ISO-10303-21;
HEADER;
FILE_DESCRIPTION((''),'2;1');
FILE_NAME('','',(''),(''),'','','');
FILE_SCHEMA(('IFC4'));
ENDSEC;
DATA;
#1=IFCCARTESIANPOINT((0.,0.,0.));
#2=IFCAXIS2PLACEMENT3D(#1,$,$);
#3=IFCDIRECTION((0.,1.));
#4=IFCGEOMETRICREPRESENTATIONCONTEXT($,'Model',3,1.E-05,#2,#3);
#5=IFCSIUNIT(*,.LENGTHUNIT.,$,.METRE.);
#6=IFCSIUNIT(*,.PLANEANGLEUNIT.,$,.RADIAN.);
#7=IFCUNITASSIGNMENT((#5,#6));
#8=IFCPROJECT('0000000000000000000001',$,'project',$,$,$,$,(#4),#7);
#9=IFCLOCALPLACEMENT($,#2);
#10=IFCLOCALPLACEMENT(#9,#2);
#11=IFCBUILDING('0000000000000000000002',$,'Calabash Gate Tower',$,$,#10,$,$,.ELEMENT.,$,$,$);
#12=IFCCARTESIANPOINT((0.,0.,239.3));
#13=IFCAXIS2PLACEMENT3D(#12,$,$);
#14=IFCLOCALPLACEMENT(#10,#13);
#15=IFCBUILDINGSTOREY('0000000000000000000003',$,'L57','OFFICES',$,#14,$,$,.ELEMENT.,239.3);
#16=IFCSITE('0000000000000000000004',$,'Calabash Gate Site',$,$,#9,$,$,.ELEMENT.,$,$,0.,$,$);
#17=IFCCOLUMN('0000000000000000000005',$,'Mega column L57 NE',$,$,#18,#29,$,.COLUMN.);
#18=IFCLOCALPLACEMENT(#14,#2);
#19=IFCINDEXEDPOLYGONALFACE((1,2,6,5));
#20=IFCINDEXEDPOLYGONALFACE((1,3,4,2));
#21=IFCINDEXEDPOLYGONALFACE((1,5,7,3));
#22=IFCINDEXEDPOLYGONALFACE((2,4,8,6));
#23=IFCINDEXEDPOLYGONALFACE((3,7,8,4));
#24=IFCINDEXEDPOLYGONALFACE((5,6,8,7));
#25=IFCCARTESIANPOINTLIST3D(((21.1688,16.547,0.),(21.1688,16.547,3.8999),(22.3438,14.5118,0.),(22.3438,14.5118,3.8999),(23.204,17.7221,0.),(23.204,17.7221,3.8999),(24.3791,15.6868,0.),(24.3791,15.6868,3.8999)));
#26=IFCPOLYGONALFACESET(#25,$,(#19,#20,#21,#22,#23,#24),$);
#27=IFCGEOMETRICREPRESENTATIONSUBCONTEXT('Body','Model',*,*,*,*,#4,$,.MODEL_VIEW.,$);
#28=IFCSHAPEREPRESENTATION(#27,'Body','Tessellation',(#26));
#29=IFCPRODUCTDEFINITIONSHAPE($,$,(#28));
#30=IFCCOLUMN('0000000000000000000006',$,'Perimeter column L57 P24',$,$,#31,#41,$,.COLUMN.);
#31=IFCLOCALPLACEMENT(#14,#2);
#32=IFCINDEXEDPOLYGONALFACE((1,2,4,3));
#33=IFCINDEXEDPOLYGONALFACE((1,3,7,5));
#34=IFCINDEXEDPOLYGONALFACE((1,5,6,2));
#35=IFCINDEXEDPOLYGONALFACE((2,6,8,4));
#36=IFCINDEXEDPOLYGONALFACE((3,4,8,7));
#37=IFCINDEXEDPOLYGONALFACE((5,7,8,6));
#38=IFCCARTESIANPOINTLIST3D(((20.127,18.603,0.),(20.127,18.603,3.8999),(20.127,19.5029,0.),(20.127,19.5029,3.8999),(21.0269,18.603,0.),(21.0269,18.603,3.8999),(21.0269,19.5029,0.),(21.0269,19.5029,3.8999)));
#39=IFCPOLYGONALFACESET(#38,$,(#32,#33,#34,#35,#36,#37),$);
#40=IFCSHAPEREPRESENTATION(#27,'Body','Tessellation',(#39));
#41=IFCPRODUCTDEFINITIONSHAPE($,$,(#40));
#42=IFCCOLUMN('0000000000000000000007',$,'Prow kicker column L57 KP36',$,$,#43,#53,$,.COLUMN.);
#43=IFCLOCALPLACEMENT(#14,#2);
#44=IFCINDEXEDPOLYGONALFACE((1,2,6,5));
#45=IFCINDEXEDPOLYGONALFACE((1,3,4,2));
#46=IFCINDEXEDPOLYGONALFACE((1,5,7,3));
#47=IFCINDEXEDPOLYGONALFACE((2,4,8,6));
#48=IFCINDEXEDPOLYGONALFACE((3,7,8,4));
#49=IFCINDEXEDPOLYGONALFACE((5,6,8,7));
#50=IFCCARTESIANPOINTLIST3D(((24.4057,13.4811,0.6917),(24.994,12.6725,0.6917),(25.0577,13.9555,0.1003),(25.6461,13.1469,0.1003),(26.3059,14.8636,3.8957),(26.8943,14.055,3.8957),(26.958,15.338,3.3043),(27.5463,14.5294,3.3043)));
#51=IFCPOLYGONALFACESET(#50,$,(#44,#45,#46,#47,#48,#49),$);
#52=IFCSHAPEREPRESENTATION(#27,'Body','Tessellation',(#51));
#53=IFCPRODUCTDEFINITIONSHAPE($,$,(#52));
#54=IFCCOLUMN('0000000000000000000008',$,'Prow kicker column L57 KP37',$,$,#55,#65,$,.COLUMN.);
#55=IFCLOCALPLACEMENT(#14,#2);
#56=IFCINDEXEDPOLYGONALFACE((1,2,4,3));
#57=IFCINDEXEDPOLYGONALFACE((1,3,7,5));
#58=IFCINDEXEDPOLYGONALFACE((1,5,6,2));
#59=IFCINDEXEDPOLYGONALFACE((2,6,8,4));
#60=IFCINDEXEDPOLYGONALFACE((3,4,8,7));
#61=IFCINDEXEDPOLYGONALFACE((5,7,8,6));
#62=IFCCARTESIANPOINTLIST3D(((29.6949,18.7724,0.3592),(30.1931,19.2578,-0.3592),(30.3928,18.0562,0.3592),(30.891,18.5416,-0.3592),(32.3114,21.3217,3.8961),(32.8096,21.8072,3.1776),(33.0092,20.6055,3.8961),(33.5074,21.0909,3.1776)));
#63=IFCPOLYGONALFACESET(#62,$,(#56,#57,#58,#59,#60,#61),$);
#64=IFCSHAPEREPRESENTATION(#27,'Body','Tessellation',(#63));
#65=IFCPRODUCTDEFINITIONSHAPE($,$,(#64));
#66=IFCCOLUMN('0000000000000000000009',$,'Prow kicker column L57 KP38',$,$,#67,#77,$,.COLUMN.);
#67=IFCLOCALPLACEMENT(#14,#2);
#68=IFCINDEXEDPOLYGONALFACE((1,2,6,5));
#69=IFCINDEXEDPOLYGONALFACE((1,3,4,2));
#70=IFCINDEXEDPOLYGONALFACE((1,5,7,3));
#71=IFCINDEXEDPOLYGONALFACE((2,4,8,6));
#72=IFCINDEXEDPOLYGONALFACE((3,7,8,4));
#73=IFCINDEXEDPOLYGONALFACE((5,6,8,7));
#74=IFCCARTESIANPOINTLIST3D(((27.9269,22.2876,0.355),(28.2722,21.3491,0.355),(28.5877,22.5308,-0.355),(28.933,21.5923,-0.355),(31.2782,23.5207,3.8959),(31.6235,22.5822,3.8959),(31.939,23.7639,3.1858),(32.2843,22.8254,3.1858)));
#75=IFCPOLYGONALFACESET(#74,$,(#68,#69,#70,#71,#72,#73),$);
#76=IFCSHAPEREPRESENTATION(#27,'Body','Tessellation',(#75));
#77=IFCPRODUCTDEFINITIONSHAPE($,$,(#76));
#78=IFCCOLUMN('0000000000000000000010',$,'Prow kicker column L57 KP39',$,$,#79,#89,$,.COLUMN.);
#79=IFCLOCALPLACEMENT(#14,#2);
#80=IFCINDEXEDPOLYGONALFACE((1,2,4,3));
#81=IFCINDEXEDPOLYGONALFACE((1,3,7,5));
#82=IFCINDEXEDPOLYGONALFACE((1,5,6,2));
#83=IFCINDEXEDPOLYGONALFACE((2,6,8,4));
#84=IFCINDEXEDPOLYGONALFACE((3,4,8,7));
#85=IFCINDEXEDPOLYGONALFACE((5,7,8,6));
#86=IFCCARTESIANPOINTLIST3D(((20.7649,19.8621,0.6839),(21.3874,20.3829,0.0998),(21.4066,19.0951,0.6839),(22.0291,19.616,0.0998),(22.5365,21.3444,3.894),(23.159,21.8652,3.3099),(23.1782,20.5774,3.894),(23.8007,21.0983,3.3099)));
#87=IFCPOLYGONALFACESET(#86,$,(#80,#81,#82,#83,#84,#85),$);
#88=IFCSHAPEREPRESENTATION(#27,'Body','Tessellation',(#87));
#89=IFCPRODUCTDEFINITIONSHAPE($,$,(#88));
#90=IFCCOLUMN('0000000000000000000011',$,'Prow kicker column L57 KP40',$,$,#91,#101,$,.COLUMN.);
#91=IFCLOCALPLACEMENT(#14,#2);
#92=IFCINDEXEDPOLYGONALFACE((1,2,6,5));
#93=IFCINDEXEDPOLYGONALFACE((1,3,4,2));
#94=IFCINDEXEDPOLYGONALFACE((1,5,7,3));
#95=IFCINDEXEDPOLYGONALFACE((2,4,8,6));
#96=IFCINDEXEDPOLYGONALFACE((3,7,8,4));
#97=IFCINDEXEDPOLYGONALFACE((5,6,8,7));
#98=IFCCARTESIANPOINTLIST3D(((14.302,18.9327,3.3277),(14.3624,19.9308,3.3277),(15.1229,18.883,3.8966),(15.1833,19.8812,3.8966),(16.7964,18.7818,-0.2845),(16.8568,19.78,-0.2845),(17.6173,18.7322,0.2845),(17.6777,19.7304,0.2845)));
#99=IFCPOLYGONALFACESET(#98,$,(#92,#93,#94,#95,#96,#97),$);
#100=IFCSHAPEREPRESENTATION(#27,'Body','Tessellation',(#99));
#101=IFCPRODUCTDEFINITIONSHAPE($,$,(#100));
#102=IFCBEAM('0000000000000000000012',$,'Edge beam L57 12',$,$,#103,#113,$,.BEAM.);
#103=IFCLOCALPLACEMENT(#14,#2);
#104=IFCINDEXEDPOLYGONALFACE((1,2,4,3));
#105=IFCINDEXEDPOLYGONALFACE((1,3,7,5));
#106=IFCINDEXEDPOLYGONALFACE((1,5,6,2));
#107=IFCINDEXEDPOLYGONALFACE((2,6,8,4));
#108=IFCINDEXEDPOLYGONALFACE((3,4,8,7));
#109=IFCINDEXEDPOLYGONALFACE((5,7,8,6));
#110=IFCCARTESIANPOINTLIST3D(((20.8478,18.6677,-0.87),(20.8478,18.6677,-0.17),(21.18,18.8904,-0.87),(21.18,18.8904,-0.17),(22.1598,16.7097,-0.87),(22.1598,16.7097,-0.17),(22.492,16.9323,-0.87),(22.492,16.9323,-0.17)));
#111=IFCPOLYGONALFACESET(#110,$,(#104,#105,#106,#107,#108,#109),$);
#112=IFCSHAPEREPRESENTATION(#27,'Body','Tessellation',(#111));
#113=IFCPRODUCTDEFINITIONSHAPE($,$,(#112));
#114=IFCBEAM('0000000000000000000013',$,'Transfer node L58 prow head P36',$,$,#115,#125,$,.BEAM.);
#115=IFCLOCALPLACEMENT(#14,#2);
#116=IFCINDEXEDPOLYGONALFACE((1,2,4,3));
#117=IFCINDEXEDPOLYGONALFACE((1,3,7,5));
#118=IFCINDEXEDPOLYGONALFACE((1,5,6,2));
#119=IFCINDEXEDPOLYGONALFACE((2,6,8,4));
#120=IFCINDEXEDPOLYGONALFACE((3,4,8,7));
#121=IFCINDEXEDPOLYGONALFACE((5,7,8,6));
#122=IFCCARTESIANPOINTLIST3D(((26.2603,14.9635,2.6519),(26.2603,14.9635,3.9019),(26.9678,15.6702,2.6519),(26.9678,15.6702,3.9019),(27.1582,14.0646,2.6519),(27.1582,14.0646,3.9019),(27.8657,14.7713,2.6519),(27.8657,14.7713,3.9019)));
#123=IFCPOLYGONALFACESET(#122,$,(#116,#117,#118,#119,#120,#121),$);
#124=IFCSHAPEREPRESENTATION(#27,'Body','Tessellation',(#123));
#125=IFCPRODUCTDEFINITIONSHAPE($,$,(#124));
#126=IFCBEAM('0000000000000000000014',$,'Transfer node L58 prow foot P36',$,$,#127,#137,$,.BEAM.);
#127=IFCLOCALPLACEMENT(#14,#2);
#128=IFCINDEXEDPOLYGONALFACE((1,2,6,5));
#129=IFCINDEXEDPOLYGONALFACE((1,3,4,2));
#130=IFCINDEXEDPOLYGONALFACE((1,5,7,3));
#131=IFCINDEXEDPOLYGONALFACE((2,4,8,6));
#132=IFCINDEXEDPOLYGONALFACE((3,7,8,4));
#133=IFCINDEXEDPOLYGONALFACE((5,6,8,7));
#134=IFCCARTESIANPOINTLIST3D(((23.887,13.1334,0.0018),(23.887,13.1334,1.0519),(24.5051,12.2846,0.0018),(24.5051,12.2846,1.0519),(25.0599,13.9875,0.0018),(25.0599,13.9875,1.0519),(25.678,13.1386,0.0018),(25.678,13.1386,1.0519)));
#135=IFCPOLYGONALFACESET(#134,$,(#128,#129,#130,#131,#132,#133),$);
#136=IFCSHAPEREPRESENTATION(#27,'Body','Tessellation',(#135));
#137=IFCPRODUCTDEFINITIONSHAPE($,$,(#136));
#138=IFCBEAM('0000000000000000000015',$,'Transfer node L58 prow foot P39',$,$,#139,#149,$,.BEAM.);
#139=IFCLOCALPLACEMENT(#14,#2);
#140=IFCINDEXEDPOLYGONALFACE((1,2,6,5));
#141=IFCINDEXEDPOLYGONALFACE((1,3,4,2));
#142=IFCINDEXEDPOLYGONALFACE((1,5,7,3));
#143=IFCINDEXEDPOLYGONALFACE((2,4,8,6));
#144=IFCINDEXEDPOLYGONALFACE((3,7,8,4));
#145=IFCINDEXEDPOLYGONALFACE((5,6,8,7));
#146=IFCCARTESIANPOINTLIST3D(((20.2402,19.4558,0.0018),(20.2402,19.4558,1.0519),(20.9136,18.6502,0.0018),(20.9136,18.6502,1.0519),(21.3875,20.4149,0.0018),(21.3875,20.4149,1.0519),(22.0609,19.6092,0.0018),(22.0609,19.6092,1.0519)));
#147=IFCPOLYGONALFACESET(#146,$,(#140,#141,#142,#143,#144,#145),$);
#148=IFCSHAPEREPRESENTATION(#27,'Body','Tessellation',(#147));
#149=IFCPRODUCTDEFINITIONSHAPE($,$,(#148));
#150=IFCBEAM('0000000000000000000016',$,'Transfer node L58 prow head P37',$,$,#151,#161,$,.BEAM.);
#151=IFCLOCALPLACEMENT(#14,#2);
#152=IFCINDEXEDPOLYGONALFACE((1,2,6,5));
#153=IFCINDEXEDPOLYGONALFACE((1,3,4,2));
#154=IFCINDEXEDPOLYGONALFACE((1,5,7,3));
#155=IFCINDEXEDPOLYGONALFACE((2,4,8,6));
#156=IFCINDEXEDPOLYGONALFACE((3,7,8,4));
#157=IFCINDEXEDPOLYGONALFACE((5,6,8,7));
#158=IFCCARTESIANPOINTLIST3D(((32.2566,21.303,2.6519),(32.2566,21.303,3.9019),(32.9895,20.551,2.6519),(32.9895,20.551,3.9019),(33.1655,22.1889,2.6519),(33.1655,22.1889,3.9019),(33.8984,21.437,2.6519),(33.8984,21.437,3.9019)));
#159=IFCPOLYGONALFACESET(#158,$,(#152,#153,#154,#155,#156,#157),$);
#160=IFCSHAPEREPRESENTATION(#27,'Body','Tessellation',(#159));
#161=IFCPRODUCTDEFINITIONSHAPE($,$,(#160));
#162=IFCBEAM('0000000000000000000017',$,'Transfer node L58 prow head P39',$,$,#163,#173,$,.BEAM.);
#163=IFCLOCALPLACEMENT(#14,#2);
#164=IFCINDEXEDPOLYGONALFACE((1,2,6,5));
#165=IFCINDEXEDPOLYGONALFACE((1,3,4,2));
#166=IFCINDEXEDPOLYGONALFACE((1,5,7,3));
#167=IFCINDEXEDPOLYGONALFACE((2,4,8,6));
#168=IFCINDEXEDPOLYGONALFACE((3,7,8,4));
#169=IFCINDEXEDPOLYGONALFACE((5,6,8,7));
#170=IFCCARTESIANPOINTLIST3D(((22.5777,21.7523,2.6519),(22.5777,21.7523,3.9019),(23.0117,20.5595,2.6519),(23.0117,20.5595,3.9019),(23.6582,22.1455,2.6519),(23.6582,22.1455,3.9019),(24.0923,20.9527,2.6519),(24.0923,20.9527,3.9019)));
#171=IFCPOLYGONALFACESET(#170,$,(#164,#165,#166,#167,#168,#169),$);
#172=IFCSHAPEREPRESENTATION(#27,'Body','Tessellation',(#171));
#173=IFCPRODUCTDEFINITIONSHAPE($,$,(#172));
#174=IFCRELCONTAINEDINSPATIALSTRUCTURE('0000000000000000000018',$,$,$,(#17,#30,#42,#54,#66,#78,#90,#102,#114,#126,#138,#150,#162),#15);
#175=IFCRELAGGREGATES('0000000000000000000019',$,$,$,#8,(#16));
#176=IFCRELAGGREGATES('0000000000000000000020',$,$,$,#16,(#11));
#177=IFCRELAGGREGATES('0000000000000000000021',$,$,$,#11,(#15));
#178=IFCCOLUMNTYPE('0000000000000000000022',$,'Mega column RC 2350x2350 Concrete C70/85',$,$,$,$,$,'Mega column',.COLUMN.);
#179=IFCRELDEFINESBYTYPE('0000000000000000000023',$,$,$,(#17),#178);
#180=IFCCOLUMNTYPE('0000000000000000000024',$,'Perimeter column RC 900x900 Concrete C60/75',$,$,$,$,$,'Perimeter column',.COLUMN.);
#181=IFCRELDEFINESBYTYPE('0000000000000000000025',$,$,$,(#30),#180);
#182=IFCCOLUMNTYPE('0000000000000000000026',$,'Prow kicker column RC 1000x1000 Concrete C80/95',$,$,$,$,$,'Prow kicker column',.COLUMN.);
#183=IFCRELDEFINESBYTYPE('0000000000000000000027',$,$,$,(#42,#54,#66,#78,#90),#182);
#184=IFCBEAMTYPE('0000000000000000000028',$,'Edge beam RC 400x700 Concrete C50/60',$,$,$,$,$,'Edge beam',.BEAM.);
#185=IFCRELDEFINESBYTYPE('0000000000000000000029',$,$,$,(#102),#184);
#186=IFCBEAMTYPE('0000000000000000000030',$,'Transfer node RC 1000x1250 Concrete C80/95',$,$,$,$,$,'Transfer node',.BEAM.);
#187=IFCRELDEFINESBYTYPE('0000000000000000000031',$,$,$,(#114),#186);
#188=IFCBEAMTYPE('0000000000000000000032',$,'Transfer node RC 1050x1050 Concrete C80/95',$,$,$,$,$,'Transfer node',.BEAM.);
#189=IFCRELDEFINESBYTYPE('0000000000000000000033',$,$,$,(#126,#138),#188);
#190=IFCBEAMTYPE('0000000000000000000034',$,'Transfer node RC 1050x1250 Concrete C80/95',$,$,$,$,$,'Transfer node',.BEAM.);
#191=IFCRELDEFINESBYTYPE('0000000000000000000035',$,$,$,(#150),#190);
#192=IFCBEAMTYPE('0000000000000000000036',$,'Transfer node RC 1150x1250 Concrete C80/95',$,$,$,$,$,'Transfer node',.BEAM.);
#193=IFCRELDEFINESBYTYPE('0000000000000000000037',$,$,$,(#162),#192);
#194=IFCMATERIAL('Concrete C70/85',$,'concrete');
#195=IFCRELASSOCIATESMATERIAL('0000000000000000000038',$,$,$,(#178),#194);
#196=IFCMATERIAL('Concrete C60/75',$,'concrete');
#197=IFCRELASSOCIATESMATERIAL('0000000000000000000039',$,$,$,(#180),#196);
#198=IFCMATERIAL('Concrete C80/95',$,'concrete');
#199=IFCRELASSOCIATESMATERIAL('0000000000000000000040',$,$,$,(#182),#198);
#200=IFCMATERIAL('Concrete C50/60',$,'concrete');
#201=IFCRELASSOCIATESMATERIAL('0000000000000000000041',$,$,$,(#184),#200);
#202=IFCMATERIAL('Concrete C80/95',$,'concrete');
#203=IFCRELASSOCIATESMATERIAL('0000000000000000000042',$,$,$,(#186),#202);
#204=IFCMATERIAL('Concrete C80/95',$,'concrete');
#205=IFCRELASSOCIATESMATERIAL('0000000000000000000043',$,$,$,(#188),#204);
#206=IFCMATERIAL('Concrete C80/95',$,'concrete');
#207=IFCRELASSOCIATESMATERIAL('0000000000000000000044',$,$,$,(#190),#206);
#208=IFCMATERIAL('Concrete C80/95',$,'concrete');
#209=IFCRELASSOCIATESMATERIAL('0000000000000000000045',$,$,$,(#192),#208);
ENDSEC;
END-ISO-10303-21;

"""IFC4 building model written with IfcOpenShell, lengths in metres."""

from ifc_helpers import new_model, si_unit, direction, frame, origin, origin_2d, place, context, subcontext, project, spatial, rectangle, extrude, clip, halfspace, material, material_profile, profile_set, type_object, element, save


model = new_model("IFC4")

# Units and contexts
model_context = context("Model", 3, precision=1e-05, world=origin(), true_north=direction((0.0, 1.0)))
body_context = subcontext(model_context, "Body", "Model", "MODEL_VIEW")
ifc_project = project(units=[si_unit("LENGTHUNIT", "METRE"), si_unit("PLANEANGLEUNIT", "RADIAN")], contexts=[model_context])

# Site, building, storey
site_placement = place(None, origin())
site = spatial("IfcSite", under=ifc_project, at=site_placement, Name="Calabash Gate Site", CompositionType="ELEMENT", RefElevation=0.0)
building_placement = place(site_placement, origin())
building = spatial("IfcBuilding", under=site, at=building_placement, Name="Calabash Gate Tower", CompositionType="ELEMENT")
storey_placement = place(building_placement, frame((0.0, 0.0, 239.3)))
storey = spatial("IfcBuildingStorey", under=building, at=storey_placement, Name="L57", Description="OFFICES", CompositionType="ELEMENT", Elevation=239.3)

# Columns
ifc_material_1 = material(Name="Concrete C70/85", Category="concrete")
ifc_material_profile_1 = material_profile(ifc_material_1, rectangle(XDim=2.3501, YDim=2.3501, at=origin_2d()))
ifc_profile_set_1 = profile_set([ifc_material_profile_1], Name="Concrete C70/85")
column_type_1 = type_object("IfcColumnType", Name="Mega column RC 2350x2350 Concrete C70/85", ElementType="Mega column", PredefinedType="COLUMN", material=ifc_profile_set_1)
column_1_placement = place(storey_placement, frame((22.7739, 16.1169, 0.0), z_axis=(0.0, 0.0, 1.0), x_axis=(-0.866025, -0.5, 0.0)))
element("IfcColumn", 1, at=column_1_placement, inside=storey, type_object=column_type_1, Name="Mega column L57 NE", PredefinedType="COLUMN", context=body_context, shape_type="SweptSolid", body=[
    extrude(rectangle(XDim=2.3501, YDim=2.3501, at=origin_2d()), origin(), (0.0, 0.0, 1.0), 3.8999),
])
ifc_material_2 = material(Name="Concrete C60/75", Category="concrete")
ifc_material_profile_2 = material_profile(ifc_material_2, rectangle(XDim=0.8999, YDim=0.8999, at=origin_2d()))
ifc_profile_set_2 = profile_set([ifc_material_profile_2], Name="Concrete C60/75")
column_type_2 = type_object("IfcColumnType", Name="Perimeter column RC 900x900 Concrete C60/75", ElementType="Perimeter column", PredefinedType="COLUMN", material=ifc_profile_set_2)
column_2_placement = place(storey_placement, frame((20.5769, 19.053, 0.0), z_axis=(0.0, 0.0, 1.0), x_axis=(-1.0, 0.0, 0.0)))
element("IfcColumn", 2, at=column_2_placement, inside=storey, type_object=column_type_2, Name="Perimeter column L57 P24", PredefinedType="COLUMN", context=body_context, shape_type="SweptSolid", body=[
    extrude(rectangle(XDim=0.8999, YDim=0.8999, at=origin_2d()), origin(), (0.0, 0.0, 1.0), 3.8999),
])
ifc_material_3 = material(Name="Concrete C80/95", Category="concrete")
ifc_material_profile_3 = material_profile(ifc_material_3, rectangle(XDim=1.0, YDim=1.0, at=origin_2d()))
ifc_profile_set_3 = profile_set([ifc_material_profile_3], Name="Concrete C80/95")
column_type_3 = type_object("IfcColumnType", Name="Prow kicker column RC 1000x1000 Concrete C80/95", ElementType="Prow kicker column", PredefinedType="COLUMN", material=ifc_profile_set_3)
column_3_placement = place(storey_placement, frame((25.0259, 13.314, 0.396), z_axis=(0.478242, 0.34795, 0.806359), x_axis=(-0.652042, -0.474401, 0.591426)))
element("IfcColumn", 3, at=column_3_placement, inside=storey, type_object=column_type_3, Name="Prow kicker column L57 KP36", PredefinedType="COLUMN", context=body_context, shape_type="Clipping", body=[
    clip(extrude(rectangle(XDim=1.0, YDim=1.0, at=origin_2d()), origin(), (0.0, 0.0, 1.0), 4.3455), halfspace(frame((0.0, 0.0, 3.9734), z_axis=(0.0, 0.0, 1.0), x_axis=(1.0, 0.0, 0.0)), False)),
])
column_4_placement = place(storey_placement, frame((30.293, 18.657, 0.0), z_axis=(0.51457, 0.501376, 0.695586), x_axis=(-0.498199, -0.485425, 0.718443)))
element("IfcColumn", 4, at=column_4_placement, inside=storey, type_object=column_type_3, Name="Prow kicker column L57 KP37", PredefinedType="COLUMN", context=body_context, shape_type="Clipping", body=[
    clip(extrude(rectangle(XDim=1.0, YDim=1.0, at=origin_2d()), origin(), (0.0, 0.0, 1.0), 5.6067), halfspace(frame((0.0, 0.0, 5.0847), z_axis=(0.0, 0.0, 1.0), x_axis=(1.0, 0.0, 0.0)), False)),
])
column_5_placement = place(storey_placement, frame((28.4299, 21.9399, 0.0), z_axis=(0.666417, 0.245207, 0.704104), x_axis=(-0.660792, -0.243137, 0.710097)))
element("IfcColumn", 5, at=column_5_placement, inside=storey, type_object=column_type_3, Name="Prow kicker column L57 KP38", PredefinedType="COLUMN", context=body_context, shape_type="Clipping", body=[
    clip(extrude(rectangle(XDim=1.0, YDim=1.0, at=origin_2d()), origin(), (0.0, 0.0, 1.0), 5.5388), halfspace(frame((0.0, 0.0, 5.0288), z_axis=(0.0, 0.0, 1.0), x_axis=(1.0, 0.0, 0.0)), False)),
])
column_6_placement = place(storey_placement, frame((21.397, 19.739, 0.3918), z_axis=(0.447961, 0.374807, 0.811696), x_axis=(-0.622531, -0.52087, 0.58408)))
element("IfcColumn", 6, at=column_6_placement, inside=storey, type_object=column_type_3, Name="Prow kicker column L57 KP39", PredefinedType="COLUMN", context=body_context, shape_type="Clipping", body=[
    clip(extrude(rectangle(XDim=1.0, YDim=1.0, at=origin_2d()), origin(), (0.0, 0.0, 1.0), 4.3218), halfspace(frame((0.0, 0.0, 3.9548), z_axis=(0.0, 0.0, 1.0), x_axis=(1.0, 0.0, 0.0)), False)),
])
column_7_placement = place(storey_placement, frame((17.2371, 19.2561, 0.0), z_axis=(-0.567902, 0.034339, 0.82238), x_axis=(0.82088, -0.049635, 0.568939)))
element("IfcColumn", 7, at=column_7_placement, inside=storey, type_object=column_type_3, Name="Prow kicker column L57 KP40", PredefinedType="COLUMN", context=body_context, shape_type="Clipping", body=[
    clip(extrude(rectangle(XDim=1.0, YDim=1.0, at=origin_2d()), origin(), (0.0, 0.0, 1.0), 4.7422), halfspace(frame((0.0, 0.0, 4.3923), z_axis=(0.0, 0.0, 1.0), x_axis=(1.0, 0.0, 0.0)), False)),
])

# Beams
ifc_material_4 = material(Name="Concrete C50/60", Category="concrete")
ifc_material_profile_4 = material_profile(ifc_material_4, rectangle(XDim=0.3999, YDim=0.7, at=origin_2d()))
ifc_profile_set_4 = profile_set([ifc_material_profile_4], Name="Concrete C50/60")
beam_type_1 = type_object("IfcBeamType", Name="Edge beam RC 400x700 Concrete C50/60", ElementType="Edge beam", PredefinedType="BEAM", material=ifc_profile_set_4)
beam_1_placement = place(storey_placement, frame((22.3259, 16.821, -0.52), z_axis=(-0.556659, 0.830741, 0.0), x_axis=(-0.830741, -0.556659, 0.0)))
element("IfcBeam", 8, at=beam_1_placement, inside=storey, type_object=beam_type_1, Name="Edge beam L57 12", PredefinedType="BEAM", context=body_context, shape_type="SweptSolid", body=[
    extrude(rectangle(XDim=0.3999, YDim=0.7, at=origin_2d()), origin(), (0.0, 0.0, 1.0), 2.3569),
])
ifc_material_5 = material(Name="Concrete C80/95", Category="concrete")
ifc_material_profile_5 = material_profile(ifc_material_5, rectangle(XDim=1.0, YDim=1.25, at=origin_2d()))
ifc_profile_set_5 = profile_set([ifc_material_profile_5], Name="Concrete C80/95")
beam_type_2 = type_object("IfcBeamType", Name="Transfer node RC 1000x1250 Concrete C80/95", ElementType="Transfer node", PredefinedType="BEAM", material=ifc_profile_set_5)
beam_2_placement = place(storey_placement, frame((27.512, 14.418, 3.2769), z_axis=(-0.706722, 0.707491, 0.0), x_axis=(-0.707491, -0.706722, 0.0)))
element("IfcBeam", 9, at=beam_2_placement, inside=storey, type_object=beam_type_2, Name="Transfer node L58 prow head P36", PredefinedType="BEAM", context=body_context, shape_type="SweptSolid", body=[
    extrude(rectangle(XDim=1.0, YDim=1.25, at=origin_2d()), origin(), (0.0, 0.0, 1.0), 1.2705),
])
ifc_material_6 = material(Name="Concrete C80/95", Category="concrete")
ifc_material_profile_6 = material_profile(ifc_material_6, rectangle(XDim=1.05, YDim=1.05, at=origin_2d()))
ifc_profile_set_6 = profile_set([ifc_material_profile_6], Name="Concrete C80/95")
beam_type_3 = type_object("IfcBeamType", Name="Transfer node RC 1050x1050 Concrete C80/95", ElementType="Transfer node", PredefinedType="BEAM", material=ifc_profile_set_6)
beam_3_placement = place(storey_placement, frame((24.196, 12.709, 0.5269), z_axis=(0.808401, 0.588632, 0.0), x_axis=(-0.588632, 0.808401, 0.0)))
element("IfcBeam", 10, at=beam_3_placement, inside=storey, type_object=beam_type_3, Name="Transfer node L58 prow foot P36", PredefinedType="BEAM", context=body_context, shape_type="SweptSolid", body=[
    extrude(rectangle(XDim=1.05, YDim=1.05, at=origin_2d()), origin(), (0.0, 0.0, 1.0), 1.4509),
])
beam_4_placement = place(storey_placement, frame((20.5769, 19.053, 0.5269), z_axis=(0.767243, 0.641356, 0.0), x_axis=(-0.641356, 0.767243, 0.0)))
element("IfcBeam", 11, at=beam_4_placement, inside=storey, type_object=beam_type_3, Name="Transfer node L58 prow foot P39", PredefinedType="BEAM", context=body_context, shape_type="SweptSolid", body=[
    extrude(rectangle(XDim=1.05, YDim=1.05, at=origin_2d()), origin(), (0.0, 0.0, 1.0), 1.4954),
])
ifc_material_7 = material(Name="Concrete C80/95", Category="concrete")
ifc_material_profile_7 = material_profile(ifc_material_7, rectangle(XDim=1.05, YDim=1.25, at=origin_2d()))
ifc_profile_set_7 = profile_set([ifc_material_profile_7], Name="Concrete C80/95")
beam_type_4 = type_object("IfcBeamType", Name="Transfer node RC 1050x1250 Concrete C80/95", ElementType="Transfer node", PredefinedType="BEAM", material=ifc_profile_set_7)
beam_5_placement = place(storey_placement, frame((32.623, 20.927, 3.2769), z_axis=(0.716089, 0.698009, 0.0), x_axis=(-0.698009, 0.716089, 0.0)))
element("IfcBeam", 12, at=beam_5_placement, inside=storey, type_object=beam_type_4, Name="Transfer node L58 prow head P37", PredefinedType="BEAM", context=body_context, shape_type="SweptSolid", body=[
    extrude(rectangle(XDim=1.05, YDim=1.25, at=origin_2d()), origin(), (0.0, 0.0, 1.0), 1.2693),
])
ifc_material_8 = material(Name="Concrete C80/95", Category="concrete")
ifc_material_profile_8 = material_profile(ifc_material_8, rectangle(XDim=1.1499, YDim=1.25, at=origin_2d()))
ifc_profile_set_8 = profile_set([ifc_material_profile_8], Name="Concrete C80/95")
beam_type_5 = type_object("IfcBeamType", Name="Transfer node RC 1150x1250 Concrete C80/95", ElementType="Transfer node", PredefinedType="BEAM", material=ifc_profile_set_8)
beam_6_placement = place(storey_placement, frame((23.552, 20.7561, 3.2769), z_axis=(-0.341959, 0.939715, 0.0), x_axis=(-0.939715, -0.341959, 0.0)))
element("IfcBeam", 13, at=beam_6_placement, inside=storey, type_object=beam_type_5, Name="Transfer node L58 prow head P39", PredefinedType="BEAM", context=body_context, shape_type="SweptSolid", body=[
    extrude(rectangle(XDim=1.1499, YDim=1.25, at=origin_2d()), origin(), (0.0, 0.0, 1.0), 1.2693),
])

save(model, "model.ifc")
